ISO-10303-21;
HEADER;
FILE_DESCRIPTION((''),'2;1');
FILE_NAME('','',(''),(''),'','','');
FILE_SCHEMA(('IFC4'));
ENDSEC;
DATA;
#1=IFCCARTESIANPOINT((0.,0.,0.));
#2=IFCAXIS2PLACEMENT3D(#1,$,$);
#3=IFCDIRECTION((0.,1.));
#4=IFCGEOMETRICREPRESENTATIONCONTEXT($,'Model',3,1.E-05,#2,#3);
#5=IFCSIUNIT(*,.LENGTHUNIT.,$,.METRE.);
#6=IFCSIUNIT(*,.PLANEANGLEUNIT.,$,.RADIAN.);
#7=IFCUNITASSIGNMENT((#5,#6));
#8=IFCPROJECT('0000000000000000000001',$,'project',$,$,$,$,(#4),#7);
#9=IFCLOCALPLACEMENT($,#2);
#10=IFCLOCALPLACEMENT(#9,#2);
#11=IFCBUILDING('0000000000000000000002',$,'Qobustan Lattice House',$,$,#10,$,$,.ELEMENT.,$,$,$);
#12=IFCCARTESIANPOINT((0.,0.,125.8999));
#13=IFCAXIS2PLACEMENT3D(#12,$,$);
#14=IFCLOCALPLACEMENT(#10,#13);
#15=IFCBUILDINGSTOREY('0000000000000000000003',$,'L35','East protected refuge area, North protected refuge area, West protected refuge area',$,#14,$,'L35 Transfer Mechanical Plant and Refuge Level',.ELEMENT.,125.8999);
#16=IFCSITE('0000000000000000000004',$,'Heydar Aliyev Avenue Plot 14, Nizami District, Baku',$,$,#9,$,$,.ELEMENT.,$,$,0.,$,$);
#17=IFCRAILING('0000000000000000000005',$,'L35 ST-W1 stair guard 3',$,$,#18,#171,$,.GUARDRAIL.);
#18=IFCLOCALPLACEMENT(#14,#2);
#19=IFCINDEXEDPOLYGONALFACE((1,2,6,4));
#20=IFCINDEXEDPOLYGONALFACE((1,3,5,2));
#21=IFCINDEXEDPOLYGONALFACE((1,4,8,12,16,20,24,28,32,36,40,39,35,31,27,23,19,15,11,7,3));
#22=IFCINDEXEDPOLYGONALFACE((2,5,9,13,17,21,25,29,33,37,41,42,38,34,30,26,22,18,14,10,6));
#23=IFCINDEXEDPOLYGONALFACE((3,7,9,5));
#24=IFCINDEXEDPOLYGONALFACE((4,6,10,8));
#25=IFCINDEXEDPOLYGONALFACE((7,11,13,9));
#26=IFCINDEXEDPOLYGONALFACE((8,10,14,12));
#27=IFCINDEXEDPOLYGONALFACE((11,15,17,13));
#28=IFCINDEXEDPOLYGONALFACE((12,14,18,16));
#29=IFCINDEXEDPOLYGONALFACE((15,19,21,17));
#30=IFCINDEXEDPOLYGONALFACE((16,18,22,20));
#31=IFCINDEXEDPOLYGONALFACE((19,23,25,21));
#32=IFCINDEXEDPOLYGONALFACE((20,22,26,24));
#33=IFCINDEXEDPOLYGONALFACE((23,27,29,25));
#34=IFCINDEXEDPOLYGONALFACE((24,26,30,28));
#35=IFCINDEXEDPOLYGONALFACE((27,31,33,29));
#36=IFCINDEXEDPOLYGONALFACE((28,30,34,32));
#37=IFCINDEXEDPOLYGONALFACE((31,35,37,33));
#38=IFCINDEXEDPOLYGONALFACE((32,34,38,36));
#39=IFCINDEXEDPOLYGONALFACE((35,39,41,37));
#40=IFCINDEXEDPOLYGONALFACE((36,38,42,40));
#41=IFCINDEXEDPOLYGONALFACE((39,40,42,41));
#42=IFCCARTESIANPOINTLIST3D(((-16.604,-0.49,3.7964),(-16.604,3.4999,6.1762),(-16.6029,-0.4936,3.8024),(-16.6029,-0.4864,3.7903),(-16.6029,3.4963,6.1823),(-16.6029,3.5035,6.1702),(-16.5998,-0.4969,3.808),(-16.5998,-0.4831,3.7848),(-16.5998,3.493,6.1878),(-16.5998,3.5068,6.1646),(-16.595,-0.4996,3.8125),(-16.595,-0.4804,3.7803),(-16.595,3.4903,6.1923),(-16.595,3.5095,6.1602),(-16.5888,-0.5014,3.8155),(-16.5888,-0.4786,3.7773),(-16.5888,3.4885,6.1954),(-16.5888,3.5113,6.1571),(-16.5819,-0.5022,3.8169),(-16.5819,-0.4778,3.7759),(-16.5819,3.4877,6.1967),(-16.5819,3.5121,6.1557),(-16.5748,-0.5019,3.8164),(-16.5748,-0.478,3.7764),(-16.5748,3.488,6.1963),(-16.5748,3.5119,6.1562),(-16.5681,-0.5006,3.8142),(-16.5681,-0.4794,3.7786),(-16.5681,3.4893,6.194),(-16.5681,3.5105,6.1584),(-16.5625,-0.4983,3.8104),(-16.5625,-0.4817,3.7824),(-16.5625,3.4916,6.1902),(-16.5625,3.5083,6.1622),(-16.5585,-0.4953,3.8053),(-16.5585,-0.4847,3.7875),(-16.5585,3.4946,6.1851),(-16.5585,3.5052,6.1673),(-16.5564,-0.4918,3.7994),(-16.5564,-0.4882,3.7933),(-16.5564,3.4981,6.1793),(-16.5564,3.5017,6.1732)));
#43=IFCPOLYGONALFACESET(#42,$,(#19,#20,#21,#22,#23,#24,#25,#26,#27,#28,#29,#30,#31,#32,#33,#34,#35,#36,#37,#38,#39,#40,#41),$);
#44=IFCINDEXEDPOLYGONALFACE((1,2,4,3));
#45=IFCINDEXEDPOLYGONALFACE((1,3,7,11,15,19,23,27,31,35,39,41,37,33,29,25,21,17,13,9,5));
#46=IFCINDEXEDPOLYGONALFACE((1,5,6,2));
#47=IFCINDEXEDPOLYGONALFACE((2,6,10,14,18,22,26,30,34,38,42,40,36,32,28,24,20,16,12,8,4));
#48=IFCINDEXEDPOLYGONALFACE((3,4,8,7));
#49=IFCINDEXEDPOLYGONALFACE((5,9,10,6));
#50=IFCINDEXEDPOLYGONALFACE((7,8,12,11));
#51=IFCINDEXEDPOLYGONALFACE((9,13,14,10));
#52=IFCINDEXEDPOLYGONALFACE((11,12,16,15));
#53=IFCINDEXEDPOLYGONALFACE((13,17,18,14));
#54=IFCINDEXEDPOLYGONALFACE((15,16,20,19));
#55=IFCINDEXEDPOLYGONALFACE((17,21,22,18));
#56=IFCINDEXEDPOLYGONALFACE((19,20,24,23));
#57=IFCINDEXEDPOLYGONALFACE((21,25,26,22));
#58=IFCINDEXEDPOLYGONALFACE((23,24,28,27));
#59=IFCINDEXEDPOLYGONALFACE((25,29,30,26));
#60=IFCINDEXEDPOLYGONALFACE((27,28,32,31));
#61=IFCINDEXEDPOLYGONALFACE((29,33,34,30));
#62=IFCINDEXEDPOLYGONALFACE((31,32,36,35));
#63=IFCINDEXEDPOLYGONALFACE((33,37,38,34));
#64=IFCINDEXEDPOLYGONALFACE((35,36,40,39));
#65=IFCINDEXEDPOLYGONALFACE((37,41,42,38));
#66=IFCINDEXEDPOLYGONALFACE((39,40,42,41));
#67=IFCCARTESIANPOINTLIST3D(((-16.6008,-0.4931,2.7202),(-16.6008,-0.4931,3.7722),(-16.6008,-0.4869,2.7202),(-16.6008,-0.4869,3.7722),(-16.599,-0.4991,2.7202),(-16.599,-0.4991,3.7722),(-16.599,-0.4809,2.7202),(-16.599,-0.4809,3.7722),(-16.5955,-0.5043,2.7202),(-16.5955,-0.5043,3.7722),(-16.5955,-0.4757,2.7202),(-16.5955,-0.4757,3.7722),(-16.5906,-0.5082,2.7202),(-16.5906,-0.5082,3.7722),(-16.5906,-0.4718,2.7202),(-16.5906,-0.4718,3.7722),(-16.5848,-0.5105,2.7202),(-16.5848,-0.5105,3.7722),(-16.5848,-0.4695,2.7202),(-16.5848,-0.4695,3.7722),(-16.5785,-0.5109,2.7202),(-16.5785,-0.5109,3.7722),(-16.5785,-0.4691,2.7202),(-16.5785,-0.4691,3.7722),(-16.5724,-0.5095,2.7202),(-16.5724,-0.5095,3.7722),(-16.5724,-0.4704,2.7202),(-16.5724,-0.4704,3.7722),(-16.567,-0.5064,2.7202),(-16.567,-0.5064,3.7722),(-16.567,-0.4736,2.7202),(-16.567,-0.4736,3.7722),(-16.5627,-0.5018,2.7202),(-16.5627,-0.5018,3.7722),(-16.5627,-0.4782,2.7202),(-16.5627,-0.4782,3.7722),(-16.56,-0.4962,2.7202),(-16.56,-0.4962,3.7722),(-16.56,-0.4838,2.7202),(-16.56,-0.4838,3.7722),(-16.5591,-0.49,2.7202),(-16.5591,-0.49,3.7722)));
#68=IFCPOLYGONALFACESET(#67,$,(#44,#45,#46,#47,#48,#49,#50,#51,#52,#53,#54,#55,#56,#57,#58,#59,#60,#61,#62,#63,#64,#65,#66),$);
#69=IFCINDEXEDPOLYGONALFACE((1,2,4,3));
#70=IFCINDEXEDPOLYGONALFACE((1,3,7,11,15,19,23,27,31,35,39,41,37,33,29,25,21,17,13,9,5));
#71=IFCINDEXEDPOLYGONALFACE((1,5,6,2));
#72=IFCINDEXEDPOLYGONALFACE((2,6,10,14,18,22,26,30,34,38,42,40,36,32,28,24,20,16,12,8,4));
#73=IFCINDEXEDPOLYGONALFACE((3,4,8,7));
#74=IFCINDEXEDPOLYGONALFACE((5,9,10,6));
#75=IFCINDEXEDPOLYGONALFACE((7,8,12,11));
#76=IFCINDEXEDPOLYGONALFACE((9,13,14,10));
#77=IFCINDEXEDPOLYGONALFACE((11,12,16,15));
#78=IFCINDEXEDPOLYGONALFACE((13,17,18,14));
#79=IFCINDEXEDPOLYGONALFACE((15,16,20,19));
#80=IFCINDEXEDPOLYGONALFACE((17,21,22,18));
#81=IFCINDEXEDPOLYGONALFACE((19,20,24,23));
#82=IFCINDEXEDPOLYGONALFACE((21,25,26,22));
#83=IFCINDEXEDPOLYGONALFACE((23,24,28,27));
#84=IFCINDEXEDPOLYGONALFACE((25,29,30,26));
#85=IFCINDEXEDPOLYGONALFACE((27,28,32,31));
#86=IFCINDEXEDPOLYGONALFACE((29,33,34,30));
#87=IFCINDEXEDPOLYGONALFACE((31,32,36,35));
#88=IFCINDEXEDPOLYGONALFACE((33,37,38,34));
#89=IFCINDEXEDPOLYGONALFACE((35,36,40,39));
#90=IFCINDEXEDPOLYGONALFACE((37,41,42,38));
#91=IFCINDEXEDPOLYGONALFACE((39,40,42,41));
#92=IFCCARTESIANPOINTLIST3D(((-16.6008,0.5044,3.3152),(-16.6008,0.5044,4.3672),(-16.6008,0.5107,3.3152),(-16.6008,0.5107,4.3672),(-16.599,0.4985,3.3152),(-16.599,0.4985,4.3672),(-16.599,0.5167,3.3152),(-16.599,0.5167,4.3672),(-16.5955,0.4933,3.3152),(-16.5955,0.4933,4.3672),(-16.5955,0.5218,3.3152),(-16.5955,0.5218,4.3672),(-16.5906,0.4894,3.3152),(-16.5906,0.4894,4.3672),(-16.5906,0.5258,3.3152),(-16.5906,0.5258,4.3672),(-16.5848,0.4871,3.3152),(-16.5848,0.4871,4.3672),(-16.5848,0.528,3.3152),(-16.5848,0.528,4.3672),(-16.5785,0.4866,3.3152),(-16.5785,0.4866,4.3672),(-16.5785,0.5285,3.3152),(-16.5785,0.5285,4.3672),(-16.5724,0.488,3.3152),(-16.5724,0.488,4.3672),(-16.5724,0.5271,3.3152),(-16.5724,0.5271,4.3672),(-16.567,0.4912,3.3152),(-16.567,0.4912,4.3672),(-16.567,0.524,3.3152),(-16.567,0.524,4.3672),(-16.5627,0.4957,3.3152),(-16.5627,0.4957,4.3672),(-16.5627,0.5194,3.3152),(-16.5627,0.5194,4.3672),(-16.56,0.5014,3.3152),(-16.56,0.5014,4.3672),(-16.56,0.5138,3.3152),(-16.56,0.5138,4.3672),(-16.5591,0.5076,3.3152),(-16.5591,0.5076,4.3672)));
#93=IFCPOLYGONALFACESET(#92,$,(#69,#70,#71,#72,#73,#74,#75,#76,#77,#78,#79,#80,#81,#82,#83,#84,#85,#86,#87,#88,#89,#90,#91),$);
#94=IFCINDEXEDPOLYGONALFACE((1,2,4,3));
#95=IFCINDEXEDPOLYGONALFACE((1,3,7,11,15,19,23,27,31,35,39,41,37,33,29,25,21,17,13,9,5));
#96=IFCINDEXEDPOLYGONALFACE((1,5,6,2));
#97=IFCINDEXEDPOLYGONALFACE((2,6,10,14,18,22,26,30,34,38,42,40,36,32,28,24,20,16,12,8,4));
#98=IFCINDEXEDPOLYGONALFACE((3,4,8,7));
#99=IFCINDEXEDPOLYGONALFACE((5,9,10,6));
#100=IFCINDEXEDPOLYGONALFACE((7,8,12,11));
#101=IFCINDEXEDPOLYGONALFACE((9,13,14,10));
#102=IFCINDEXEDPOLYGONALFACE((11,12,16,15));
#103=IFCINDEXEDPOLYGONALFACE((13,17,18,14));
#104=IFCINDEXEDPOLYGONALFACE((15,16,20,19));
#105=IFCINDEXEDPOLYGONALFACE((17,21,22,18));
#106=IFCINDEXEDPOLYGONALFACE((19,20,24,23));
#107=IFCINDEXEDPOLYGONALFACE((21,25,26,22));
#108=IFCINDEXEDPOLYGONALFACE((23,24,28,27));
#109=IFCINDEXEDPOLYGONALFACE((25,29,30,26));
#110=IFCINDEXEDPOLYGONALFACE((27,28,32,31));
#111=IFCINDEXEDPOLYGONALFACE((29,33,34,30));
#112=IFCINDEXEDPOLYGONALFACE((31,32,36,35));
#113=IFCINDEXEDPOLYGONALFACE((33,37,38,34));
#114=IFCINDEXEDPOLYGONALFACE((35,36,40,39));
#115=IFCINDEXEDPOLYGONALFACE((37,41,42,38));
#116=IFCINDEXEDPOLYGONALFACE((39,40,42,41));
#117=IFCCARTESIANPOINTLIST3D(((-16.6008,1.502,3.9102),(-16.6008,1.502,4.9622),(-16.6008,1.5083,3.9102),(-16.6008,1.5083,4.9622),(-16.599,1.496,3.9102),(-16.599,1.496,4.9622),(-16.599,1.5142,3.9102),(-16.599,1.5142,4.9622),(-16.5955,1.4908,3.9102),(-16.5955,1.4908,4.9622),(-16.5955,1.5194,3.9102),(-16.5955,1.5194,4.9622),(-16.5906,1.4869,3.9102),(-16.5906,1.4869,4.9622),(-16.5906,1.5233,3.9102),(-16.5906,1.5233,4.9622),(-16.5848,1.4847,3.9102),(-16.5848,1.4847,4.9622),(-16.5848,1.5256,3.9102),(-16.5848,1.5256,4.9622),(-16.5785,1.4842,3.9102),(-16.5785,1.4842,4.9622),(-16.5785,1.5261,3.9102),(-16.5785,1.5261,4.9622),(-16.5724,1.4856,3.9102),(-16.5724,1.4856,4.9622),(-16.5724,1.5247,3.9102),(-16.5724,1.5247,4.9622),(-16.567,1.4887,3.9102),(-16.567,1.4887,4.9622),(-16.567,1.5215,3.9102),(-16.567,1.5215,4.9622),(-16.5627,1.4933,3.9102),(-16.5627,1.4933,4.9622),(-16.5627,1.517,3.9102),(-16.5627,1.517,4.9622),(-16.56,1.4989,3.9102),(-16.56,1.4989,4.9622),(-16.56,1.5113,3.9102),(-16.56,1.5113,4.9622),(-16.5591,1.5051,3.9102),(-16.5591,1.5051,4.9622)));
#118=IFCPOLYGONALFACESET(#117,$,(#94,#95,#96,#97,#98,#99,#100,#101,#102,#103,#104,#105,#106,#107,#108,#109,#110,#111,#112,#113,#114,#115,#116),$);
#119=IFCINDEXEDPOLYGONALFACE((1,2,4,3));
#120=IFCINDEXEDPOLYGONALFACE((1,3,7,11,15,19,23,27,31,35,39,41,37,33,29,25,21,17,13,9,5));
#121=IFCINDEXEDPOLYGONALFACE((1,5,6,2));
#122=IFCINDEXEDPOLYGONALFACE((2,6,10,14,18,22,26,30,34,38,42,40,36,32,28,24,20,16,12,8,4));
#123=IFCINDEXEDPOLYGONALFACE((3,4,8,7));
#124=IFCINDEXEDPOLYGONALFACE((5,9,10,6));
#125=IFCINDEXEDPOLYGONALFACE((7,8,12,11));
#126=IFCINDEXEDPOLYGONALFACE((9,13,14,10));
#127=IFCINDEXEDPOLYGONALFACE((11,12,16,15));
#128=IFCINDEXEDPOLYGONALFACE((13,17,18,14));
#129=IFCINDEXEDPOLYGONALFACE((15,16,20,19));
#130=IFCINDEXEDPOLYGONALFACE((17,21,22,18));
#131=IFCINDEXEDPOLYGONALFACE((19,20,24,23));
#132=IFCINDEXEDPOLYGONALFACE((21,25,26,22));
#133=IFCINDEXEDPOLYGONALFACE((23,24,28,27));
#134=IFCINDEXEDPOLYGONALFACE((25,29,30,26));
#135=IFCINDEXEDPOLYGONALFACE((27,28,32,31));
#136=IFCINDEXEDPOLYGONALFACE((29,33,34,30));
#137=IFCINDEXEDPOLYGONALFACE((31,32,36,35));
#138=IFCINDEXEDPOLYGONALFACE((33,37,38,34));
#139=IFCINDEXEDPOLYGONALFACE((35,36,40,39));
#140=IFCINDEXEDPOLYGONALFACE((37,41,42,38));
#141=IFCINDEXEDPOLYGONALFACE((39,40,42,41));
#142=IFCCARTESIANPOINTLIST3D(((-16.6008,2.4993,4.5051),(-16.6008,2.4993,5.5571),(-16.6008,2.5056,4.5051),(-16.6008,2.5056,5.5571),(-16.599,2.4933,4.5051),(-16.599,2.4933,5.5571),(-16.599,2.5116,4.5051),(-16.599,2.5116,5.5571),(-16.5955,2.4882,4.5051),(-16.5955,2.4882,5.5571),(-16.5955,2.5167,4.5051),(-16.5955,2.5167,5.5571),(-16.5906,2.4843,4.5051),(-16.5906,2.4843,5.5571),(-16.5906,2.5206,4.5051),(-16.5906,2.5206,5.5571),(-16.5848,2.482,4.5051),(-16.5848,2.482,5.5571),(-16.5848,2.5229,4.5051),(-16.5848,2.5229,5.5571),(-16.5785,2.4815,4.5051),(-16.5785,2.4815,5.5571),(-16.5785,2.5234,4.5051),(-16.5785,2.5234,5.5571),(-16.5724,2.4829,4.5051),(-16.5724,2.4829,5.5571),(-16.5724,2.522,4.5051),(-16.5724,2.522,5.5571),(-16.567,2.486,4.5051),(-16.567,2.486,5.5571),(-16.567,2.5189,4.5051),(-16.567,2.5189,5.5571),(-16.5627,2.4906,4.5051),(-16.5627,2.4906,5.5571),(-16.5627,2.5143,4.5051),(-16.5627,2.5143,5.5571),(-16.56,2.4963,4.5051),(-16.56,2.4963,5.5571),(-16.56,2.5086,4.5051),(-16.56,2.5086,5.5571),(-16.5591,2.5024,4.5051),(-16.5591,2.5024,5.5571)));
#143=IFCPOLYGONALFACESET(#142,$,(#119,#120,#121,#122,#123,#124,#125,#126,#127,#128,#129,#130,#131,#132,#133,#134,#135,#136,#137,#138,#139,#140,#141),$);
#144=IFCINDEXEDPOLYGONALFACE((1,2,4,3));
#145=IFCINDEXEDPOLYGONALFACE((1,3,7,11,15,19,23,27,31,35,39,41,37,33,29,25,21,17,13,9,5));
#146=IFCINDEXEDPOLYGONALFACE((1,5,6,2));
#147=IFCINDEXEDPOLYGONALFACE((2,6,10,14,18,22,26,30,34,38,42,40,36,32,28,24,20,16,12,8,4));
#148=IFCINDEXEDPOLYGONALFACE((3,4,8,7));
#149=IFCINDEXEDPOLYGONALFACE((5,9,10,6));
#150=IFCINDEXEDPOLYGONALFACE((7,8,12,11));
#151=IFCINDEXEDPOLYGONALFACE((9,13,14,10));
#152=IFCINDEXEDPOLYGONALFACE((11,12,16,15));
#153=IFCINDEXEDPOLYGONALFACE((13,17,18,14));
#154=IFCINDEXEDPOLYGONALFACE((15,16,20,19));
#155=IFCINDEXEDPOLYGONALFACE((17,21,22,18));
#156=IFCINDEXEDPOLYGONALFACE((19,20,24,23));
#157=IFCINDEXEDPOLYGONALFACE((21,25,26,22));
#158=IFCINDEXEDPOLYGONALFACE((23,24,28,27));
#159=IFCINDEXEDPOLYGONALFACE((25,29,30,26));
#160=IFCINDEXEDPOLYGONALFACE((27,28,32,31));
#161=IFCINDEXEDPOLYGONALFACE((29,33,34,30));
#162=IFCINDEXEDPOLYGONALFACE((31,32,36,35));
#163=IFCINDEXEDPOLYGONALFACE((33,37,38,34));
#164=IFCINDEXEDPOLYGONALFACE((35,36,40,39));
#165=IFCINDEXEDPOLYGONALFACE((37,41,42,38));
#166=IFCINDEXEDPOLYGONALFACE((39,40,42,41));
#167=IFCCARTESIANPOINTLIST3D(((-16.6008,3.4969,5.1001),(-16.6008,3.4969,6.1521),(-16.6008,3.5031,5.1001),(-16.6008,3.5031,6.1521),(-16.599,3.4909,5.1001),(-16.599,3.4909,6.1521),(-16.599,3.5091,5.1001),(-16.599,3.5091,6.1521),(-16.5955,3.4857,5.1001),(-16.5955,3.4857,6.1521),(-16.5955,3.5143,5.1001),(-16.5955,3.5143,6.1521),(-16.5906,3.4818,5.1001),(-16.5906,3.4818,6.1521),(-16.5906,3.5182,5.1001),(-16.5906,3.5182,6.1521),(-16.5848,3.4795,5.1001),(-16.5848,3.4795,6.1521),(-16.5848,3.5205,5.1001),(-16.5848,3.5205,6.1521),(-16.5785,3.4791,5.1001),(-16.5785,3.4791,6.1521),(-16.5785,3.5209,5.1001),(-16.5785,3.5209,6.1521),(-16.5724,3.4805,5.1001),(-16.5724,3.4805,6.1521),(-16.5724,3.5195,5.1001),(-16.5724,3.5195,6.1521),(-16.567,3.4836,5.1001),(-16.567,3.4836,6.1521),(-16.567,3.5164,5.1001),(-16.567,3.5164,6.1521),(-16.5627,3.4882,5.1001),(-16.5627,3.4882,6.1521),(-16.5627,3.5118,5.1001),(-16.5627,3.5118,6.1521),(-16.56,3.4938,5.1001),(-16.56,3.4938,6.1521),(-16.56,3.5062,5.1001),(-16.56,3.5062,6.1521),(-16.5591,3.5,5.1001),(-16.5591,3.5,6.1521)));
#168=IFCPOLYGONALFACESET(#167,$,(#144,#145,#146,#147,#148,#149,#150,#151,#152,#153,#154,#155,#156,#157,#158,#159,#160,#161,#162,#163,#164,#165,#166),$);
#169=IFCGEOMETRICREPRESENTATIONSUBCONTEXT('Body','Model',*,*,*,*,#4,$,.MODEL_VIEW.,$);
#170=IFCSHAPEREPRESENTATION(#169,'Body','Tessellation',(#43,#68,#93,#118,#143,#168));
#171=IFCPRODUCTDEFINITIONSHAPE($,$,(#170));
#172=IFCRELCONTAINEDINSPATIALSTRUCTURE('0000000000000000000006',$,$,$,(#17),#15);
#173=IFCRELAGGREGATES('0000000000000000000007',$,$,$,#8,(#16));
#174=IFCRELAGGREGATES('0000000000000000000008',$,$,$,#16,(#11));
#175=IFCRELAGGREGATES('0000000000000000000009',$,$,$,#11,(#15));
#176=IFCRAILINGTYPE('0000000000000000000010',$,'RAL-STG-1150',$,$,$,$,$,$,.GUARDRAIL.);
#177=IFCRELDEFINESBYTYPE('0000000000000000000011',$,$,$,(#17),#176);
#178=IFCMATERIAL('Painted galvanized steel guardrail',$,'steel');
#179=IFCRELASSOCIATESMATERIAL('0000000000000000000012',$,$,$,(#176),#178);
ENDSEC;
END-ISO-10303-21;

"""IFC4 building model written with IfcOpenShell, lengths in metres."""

from ifc_helpers import new_model, si_unit, direction, frame, origin, origin_2d, place, context, subcontext, project, spatial, circle, extrude, material, type_object, element, save


model = new_model("IFC4")

# Units and contexts
model_context = context("Model", 3, precision=1e-05, world=origin(), true_north=direction((0.0, 1.0)))
body_context = subcontext(model_context, "Body", "Model", "MODEL_VIEW")
ifc_project = project(units=[si_unit("LENGTHUNIT", "METRE"), si_unit("PLANEANGLEUNIT", "RADIAN")], contexts=[model_context])

# Site, building, storey
site_placement = place(None, origin())
site = spatial("IfcSite", under=ifc_project, at=site_placement, Name="Heydar Aliyev Avenue Plot 14, Nizami District, Baku", CompositionType="ELEMENT", RefElevation=0.0)
building_placement = place(site_placement, origin())
building = spatial("IfcBuilding", under=site, at=building_placement, Name="Qobustan Lattice House", CompositionType="ELEMENT")
storey_placement = place(building_placement, frame((0.0, 0.0, 125.8999)))
storey = spatial("IfcBuildingStorey", under=building, at=storey_placement, Name="L35", Description="East protected refuge area, North protected refuge area, West protected refuge area", LongName="L35 Transfer Mechanical Plant and Refuge Level", CompositionType="ELEMENT", Elevation=125.8999)

# Railing
ifc_material_1 = material(Name="Painted galvanized steel guardrail", Category="steel")
railing_type_1 = type_object("IfcRailingType", Name="RAL-STG-1150", PredefinedType="GUARDRAIL", material=ifc_material_1)
railing_1_placement = place(storey_placement, frame((-16.5801, -0.49, 2.7202)))
element("IfcRailing", 1, at=railing_1_placement, inside=storey, type_object=railing_type_1, Name="L35 ST-W1 stair guard 3", PredefinedType="GUARDRAIL", context=body_context, shape_type="SweptSolid", body=[
    extrude(circle(Radius=0.0239, at=origin_2d()), frame((0.0, 0.0, 1.0762), z_axis=(0.0, 0.85883, 0.512261), x_axis=(-1.0, 0.0, 0.0)), (0.0, 0.0, 1.0), 4.6458),
    extrude(circle(Radius=0.021, at=origin_2d()), origin(), (0.0, 0.0, 1.0), 1.052),
    extrude(circle(Radius=0.021, at=origin_2d()), frame((0.0, 0.9976, 0.595)), (0.0, 0.0, 1.0), 1.052),
    extrude(circle(Radius=0.021, at=origin_2d()), frame((0.0, 1.9951, 1.1899)), (0.0, 0.0, 1.0), 1.052),
    extrude(circle(Radius=0.021, at=origin_2d()), frame((0.0, 2.9924, 1.7849)), (0.0, 0.0, 1.0), 1.052),
    extrude(circle(Radius=0.021, at=origin_2d()), frame((0.0, 3.99, 2.3799)), (0.0, 0.0, 1.0), 1.052),
])

save(model, "model.ifc")
